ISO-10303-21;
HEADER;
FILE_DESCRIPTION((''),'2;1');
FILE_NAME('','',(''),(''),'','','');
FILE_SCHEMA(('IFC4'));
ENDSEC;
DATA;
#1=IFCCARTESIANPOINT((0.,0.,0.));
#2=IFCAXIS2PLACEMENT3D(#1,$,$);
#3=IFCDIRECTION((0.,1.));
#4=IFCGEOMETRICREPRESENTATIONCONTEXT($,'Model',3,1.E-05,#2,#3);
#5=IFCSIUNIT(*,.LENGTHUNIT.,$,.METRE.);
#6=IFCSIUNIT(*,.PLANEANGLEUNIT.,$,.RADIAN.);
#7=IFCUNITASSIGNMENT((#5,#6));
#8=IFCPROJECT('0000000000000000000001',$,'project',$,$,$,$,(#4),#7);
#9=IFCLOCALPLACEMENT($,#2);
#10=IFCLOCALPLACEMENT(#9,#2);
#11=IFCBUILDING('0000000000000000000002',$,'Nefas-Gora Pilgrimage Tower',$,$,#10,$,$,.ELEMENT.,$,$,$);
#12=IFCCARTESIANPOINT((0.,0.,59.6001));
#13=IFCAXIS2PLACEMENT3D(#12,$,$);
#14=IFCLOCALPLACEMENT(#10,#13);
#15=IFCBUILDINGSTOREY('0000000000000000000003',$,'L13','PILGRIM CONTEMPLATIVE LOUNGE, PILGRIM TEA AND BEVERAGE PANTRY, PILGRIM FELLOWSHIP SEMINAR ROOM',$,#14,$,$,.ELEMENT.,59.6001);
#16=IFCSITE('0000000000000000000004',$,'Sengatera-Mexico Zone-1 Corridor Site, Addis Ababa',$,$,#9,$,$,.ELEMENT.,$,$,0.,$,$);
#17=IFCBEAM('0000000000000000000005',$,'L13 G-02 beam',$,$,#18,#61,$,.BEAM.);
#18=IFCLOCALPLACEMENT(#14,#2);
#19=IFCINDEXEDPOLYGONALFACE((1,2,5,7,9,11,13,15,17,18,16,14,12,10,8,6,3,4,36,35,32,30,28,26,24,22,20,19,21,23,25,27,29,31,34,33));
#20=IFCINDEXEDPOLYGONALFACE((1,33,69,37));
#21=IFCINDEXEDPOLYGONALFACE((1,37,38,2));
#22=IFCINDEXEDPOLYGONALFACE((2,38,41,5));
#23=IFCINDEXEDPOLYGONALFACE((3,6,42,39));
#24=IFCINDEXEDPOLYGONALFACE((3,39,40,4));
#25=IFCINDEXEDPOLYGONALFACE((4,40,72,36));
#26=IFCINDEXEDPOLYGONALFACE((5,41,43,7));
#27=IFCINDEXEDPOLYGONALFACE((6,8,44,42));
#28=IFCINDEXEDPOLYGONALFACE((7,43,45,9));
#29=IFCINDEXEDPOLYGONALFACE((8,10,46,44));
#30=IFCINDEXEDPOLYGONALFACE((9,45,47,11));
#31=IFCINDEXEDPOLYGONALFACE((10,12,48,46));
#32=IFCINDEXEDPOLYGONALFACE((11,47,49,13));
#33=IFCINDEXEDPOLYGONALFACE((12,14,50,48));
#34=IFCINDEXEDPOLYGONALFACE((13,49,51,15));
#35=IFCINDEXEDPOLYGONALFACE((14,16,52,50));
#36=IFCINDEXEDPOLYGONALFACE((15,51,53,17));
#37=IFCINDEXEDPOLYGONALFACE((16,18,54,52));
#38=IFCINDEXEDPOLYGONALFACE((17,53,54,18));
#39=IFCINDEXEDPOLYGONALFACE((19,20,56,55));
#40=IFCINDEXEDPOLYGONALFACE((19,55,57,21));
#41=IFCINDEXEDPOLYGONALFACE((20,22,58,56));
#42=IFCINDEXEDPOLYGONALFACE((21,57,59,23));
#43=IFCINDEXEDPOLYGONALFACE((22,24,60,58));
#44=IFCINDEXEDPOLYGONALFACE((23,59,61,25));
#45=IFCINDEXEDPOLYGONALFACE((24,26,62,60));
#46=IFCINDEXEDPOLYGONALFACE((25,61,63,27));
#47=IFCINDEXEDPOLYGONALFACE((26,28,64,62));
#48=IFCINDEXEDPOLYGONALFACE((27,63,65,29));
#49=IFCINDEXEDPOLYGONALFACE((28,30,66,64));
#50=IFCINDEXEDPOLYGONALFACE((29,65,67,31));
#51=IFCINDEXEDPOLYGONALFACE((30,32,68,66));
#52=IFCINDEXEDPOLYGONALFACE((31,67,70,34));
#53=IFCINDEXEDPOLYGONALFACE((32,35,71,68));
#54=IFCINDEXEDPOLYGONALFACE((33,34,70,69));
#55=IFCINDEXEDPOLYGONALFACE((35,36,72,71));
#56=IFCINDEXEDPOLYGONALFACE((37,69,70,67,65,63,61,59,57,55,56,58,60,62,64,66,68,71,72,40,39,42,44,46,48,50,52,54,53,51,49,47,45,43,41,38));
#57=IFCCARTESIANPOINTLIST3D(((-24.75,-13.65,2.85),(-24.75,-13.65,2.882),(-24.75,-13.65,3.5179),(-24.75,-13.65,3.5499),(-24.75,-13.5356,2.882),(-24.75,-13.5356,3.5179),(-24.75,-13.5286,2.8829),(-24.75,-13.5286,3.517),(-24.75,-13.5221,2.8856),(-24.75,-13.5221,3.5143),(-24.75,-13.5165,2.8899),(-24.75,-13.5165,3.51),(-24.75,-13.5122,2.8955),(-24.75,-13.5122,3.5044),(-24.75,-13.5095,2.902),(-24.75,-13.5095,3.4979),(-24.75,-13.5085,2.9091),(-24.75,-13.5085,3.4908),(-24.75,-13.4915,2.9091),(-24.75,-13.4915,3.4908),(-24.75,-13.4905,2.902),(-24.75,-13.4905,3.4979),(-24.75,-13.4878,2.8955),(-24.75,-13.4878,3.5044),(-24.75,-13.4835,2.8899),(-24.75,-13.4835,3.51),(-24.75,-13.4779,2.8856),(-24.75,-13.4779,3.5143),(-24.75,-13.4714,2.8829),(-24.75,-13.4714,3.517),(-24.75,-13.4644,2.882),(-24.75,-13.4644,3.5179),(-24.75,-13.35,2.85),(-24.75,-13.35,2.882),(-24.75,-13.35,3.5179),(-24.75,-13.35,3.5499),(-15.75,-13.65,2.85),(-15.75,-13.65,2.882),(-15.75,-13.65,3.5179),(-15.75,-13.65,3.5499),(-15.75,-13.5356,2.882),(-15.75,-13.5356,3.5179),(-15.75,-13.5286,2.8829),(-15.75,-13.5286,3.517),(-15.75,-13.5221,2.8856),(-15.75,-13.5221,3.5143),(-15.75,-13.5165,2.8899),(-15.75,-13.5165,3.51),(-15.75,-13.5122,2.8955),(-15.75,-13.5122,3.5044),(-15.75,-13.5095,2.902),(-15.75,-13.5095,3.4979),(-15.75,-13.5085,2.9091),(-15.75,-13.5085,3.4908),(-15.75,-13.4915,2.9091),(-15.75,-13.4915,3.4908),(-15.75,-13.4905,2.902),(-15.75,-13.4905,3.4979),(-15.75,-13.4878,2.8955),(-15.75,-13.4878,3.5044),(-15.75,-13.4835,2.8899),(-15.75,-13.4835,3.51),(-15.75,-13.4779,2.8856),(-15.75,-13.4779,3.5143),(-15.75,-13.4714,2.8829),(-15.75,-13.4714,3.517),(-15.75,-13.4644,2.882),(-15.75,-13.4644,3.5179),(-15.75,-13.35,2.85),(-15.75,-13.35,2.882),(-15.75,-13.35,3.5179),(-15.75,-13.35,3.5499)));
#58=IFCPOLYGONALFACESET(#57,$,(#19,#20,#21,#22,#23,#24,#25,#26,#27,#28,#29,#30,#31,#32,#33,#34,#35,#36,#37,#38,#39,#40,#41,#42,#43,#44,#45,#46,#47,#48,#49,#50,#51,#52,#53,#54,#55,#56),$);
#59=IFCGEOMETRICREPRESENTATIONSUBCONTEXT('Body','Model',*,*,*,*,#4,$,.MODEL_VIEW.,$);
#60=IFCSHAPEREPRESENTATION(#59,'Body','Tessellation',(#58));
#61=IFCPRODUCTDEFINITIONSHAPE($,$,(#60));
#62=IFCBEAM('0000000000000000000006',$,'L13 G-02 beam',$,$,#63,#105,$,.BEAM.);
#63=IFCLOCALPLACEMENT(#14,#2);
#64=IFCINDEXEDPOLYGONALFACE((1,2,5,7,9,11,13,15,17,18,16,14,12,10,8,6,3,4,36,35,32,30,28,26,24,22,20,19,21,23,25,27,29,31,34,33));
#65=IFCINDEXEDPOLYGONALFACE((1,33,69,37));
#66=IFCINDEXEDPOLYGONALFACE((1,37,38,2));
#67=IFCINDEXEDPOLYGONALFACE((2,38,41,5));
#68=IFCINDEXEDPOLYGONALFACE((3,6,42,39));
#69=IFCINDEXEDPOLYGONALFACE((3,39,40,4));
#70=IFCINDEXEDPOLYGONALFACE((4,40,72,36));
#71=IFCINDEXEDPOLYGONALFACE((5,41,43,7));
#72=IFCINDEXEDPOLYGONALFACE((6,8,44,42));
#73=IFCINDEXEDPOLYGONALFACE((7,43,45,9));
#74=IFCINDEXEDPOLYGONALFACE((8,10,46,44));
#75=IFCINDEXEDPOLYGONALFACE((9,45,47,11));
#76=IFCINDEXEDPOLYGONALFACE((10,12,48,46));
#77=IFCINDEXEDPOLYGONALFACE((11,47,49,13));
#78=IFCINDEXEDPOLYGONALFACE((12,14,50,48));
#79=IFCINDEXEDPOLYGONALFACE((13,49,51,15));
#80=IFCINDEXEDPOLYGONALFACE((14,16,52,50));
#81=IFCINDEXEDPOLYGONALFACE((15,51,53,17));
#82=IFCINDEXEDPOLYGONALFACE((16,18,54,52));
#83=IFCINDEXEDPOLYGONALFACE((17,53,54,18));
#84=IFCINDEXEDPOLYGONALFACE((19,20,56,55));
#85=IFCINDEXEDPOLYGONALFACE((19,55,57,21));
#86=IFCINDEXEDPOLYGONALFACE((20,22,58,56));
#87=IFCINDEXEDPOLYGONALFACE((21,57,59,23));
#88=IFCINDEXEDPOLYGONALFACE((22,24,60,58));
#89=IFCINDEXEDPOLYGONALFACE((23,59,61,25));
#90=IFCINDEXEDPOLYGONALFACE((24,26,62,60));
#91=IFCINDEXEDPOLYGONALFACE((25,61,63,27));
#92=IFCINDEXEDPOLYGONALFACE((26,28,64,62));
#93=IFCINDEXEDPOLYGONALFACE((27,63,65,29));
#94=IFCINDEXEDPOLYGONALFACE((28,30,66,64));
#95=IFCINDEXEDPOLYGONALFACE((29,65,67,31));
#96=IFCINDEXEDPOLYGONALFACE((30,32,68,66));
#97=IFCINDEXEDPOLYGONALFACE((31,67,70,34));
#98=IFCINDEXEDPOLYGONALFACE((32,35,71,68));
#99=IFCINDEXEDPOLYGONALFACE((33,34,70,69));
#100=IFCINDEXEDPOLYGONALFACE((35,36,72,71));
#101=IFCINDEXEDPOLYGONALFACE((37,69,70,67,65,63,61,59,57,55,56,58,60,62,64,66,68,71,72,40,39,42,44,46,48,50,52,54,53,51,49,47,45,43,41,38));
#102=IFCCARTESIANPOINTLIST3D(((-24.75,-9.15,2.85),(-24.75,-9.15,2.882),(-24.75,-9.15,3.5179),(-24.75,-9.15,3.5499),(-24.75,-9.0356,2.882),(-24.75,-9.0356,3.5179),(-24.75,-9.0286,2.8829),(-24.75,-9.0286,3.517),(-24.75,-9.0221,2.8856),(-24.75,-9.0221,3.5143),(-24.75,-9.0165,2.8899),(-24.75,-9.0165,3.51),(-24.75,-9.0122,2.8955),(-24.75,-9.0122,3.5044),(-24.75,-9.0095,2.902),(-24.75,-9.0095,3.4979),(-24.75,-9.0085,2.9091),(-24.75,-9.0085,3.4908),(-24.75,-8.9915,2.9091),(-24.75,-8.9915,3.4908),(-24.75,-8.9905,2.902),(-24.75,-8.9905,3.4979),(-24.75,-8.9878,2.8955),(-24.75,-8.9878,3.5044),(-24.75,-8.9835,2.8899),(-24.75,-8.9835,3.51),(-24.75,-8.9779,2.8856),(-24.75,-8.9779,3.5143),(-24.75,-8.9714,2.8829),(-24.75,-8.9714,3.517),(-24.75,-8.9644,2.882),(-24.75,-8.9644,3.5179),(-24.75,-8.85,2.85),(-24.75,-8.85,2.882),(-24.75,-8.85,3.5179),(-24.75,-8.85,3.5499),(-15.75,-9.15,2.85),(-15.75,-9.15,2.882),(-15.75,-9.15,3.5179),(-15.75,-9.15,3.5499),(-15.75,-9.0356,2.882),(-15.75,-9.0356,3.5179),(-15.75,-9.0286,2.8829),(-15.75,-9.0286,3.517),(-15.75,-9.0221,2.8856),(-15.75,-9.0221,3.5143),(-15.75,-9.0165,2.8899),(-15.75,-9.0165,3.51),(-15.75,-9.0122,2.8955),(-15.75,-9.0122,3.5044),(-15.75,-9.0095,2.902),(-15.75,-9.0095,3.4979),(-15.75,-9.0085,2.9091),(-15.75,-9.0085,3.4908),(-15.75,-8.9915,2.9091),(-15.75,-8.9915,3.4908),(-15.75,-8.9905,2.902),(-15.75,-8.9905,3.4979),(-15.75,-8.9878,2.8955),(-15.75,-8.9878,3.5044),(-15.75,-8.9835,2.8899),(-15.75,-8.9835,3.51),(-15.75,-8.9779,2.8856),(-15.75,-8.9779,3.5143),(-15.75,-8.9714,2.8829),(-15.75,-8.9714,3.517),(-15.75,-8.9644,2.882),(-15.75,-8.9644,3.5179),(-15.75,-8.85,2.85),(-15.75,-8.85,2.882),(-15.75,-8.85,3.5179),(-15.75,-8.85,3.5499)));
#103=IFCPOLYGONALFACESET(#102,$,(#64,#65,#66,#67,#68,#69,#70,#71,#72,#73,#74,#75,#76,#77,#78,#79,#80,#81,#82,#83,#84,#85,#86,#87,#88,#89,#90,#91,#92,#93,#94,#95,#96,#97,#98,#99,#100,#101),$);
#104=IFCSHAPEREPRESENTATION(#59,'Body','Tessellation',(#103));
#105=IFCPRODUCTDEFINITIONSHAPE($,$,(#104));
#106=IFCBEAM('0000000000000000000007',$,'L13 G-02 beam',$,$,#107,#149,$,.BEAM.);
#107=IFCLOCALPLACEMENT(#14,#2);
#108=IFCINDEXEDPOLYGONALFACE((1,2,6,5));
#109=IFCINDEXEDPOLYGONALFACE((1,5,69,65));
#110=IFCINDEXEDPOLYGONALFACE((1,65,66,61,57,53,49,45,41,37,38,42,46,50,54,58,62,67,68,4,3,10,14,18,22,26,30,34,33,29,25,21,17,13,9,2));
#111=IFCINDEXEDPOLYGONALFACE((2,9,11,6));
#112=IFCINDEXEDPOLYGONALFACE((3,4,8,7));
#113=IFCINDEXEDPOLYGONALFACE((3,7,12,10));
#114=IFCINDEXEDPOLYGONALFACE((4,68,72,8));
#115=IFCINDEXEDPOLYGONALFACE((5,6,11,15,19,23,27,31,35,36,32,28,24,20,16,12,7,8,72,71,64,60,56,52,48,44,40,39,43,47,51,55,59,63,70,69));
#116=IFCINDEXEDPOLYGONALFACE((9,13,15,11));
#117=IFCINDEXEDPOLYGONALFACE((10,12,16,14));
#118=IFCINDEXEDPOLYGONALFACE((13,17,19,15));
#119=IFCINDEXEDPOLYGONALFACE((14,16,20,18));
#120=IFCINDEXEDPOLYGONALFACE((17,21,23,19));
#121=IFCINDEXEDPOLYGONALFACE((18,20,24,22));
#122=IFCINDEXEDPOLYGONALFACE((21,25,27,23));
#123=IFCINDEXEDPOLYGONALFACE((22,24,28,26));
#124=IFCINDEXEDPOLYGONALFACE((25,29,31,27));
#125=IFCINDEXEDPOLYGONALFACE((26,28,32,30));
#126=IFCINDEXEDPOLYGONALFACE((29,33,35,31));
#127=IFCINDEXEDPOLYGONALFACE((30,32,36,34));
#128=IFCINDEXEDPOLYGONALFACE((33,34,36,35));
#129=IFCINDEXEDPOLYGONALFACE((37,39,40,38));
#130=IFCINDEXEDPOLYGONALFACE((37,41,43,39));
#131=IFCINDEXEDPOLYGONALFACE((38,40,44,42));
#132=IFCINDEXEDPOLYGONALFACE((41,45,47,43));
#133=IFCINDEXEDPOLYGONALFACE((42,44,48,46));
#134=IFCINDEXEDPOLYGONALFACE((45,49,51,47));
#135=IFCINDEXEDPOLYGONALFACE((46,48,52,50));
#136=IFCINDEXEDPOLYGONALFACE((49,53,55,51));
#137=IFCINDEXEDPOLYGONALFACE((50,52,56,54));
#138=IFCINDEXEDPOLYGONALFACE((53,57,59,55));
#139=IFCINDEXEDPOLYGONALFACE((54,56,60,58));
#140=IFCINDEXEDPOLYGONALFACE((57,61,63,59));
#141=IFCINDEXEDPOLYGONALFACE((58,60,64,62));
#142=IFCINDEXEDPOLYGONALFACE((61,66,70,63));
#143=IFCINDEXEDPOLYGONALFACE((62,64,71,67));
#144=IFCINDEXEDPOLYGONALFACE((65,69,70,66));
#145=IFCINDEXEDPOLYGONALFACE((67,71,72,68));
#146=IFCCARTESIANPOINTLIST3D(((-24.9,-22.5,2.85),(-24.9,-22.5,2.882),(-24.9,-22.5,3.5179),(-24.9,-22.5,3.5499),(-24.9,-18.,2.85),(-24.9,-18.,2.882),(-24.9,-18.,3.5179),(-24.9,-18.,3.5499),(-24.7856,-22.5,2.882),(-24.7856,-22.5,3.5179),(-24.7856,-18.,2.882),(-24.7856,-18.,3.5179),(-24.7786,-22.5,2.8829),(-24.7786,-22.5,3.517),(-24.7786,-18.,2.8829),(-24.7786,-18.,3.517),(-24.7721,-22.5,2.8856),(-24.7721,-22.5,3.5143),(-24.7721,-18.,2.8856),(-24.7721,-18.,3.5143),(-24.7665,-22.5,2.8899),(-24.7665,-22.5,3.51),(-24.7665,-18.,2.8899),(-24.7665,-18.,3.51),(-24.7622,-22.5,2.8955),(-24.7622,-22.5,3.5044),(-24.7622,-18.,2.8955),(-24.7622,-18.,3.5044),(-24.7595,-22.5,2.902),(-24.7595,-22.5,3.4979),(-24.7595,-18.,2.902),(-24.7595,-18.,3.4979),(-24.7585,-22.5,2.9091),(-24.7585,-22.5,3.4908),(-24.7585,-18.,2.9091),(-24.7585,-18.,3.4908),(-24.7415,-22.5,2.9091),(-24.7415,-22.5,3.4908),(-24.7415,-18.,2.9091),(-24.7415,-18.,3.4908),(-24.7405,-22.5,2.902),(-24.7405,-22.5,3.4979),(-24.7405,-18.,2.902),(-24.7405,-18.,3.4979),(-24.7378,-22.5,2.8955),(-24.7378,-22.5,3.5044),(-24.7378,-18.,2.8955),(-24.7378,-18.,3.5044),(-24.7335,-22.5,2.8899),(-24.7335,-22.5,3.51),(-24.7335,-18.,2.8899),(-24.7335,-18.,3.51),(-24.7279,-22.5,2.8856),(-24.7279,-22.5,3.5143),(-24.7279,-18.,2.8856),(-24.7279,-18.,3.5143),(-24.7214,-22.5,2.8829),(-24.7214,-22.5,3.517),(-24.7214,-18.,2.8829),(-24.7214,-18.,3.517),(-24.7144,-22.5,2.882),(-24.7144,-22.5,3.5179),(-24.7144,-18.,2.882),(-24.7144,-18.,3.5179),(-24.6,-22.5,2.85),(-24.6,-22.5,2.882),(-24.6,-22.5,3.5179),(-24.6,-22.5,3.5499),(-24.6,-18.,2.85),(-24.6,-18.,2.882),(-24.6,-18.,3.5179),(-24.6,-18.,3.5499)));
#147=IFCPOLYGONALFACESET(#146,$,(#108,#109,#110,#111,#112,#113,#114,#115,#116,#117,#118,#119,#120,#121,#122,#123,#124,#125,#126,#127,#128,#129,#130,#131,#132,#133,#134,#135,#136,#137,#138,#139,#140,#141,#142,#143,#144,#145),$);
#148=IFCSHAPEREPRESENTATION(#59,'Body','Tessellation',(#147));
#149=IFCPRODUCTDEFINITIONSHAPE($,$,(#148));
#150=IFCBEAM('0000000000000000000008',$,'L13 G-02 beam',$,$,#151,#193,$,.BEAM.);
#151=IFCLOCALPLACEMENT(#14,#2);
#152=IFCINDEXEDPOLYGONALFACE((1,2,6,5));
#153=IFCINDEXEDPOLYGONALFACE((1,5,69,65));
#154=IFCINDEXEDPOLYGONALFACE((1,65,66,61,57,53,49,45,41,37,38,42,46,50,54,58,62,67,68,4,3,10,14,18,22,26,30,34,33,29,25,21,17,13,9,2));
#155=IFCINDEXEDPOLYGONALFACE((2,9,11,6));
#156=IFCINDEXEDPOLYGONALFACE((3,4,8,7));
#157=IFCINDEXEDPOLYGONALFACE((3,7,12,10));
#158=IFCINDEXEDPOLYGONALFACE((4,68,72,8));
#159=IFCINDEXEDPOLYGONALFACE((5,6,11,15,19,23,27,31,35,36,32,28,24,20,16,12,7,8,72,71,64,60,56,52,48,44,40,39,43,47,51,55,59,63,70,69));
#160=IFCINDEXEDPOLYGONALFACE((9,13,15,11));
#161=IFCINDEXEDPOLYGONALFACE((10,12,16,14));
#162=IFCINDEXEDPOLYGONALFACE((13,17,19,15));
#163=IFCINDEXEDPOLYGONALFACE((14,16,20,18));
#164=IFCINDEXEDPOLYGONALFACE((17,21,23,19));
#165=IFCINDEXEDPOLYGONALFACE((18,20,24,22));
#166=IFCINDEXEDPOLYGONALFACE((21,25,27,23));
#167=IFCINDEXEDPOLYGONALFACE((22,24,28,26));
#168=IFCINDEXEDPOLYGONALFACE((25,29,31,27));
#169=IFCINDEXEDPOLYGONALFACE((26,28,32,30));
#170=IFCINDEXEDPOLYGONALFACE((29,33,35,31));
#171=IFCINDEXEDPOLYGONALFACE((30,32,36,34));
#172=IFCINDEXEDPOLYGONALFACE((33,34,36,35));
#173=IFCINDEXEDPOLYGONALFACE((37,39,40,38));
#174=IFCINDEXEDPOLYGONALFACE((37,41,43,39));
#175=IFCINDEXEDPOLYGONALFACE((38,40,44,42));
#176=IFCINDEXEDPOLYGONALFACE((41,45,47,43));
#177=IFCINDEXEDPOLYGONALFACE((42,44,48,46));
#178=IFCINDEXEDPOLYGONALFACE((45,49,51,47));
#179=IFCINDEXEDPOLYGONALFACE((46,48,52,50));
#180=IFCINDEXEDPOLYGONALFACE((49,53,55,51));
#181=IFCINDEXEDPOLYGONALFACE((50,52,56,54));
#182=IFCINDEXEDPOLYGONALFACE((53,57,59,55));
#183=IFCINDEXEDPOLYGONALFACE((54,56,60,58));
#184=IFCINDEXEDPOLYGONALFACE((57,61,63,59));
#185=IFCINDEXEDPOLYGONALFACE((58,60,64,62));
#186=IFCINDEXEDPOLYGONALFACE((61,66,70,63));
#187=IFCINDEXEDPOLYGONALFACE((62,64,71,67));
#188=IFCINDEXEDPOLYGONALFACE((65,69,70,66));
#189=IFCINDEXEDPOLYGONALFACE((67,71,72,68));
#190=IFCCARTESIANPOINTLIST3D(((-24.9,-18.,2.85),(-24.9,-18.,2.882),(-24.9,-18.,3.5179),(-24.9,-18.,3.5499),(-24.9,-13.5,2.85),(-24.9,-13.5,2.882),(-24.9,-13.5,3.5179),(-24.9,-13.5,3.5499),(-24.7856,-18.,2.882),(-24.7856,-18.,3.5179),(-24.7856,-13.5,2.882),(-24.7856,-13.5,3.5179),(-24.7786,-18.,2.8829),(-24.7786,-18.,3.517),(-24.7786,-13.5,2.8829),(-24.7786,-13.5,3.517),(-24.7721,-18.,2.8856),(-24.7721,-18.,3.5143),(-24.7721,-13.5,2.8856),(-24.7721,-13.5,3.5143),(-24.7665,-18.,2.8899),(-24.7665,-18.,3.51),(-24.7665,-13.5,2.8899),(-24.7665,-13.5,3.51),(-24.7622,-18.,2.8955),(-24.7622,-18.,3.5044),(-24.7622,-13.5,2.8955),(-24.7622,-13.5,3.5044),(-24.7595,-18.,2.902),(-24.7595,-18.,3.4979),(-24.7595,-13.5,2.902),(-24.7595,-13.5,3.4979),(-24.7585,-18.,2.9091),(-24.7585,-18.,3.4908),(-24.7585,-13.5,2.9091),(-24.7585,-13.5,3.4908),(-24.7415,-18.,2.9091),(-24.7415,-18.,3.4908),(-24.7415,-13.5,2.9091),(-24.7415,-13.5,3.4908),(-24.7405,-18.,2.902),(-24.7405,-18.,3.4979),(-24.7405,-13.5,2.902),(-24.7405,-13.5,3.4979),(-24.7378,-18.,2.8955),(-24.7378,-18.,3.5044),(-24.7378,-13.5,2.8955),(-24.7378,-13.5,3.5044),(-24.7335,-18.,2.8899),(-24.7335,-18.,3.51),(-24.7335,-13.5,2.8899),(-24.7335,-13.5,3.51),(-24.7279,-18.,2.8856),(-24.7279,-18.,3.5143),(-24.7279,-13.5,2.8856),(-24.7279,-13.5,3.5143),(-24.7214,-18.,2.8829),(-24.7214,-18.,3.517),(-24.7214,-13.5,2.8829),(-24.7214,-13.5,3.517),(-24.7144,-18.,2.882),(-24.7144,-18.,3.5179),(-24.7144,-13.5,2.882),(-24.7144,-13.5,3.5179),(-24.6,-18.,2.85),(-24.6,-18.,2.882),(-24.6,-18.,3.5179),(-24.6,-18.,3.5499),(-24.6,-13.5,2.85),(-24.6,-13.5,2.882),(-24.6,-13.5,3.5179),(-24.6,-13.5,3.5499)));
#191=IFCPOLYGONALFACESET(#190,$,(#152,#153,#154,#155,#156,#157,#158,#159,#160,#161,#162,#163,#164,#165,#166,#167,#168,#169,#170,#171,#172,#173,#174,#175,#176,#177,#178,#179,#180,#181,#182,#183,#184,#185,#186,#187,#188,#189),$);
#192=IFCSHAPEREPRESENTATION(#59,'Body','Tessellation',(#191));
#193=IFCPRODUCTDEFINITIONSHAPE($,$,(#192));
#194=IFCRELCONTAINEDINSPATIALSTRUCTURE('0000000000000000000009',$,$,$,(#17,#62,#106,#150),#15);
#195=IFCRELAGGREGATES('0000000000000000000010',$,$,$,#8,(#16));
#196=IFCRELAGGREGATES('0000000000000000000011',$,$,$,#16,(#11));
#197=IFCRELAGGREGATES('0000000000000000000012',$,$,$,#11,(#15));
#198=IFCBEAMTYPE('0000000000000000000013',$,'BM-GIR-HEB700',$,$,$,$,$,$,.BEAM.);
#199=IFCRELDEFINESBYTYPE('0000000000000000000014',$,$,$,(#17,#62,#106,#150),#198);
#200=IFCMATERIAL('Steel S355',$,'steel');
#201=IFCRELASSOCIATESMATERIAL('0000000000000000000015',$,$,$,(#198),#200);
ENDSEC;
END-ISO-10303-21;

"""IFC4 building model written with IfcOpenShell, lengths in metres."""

from ifc_helpers import new_model, si_unit, direction, frame, origin, origin_2d, place, context, subcontext, project, spatial, i_section, extrude, source, transform, mapped, material, material_profile, profile_set, type_object, element, save


model = new_model("IFC4")

# Units and contexts
model_context = context("Model", 3, precision=1e-05, world=origin(), true_north=direction((0.0, 1.0)))
body_context = subcontext(model_context, "Body", "Model", "MODEL_VIEW")
ifc_project = project(units=[si_unit("LENGTHUNIT", "METRE"), si_unit("PLANEANGLEUNIT", "RADIAN")], contexts=[model_context])

# Site, building, storey
site_placement = place(None, origin())
site = spatial("IfcSite", under=ifc_project, at=site_placement, Name="Sengatera-Mexico Zone-1 Corridor Site, Addis Ababa", CompositionType="ELEMENT", RefElevation=0.0)
building_placement = place(site_placement, origin())
building = spatial("IfcBuilding", under=site, at=building_placement, Name="Nefas-Gora Pilgrimage Tower", CompositionType="ELEMENT")
storey_placement = place(building_placement, frame((0.0, 0.0, 59.6001)))
storey = spatial("IfcBuildingStorey", under=building, at=storey_placement, Name="L13", Description="PILGRIM CONTEMPLATIVE LOUNGE, PILGRIM TEA AND BEVERAGE PANTRY, PILGRIM FELLOWSHIP SEMINAR ROOM", CompositionType="ELEMENT", Elevation=59.6001)

# Beams
ifc_material_1 = material(Name="Steel S355", Category="steel")
ifc_material_profile_1 = material_profile(ifc_material_1, i_section(OverallWidth=0.3, OverallDepth=0.7, WebThickness=0.0171, FlangeThickness=0.032, FilletRadius=0.0271, at=origin_2d()), Name="HEB 700")
ifc_profile_set_1 = profile_set([ifc_material_profile_1], Name="Steel S355")
beam_type_1 = type_object("IfcBeamType", Name="BM-GIR-HEB700", PredefinedType="BEAM", material=ifc_profile_set_1)
shared_shape_1 = source(origin(), body_context, "Body", "SweptSolid", [
    extrude(i_section(OverallWidth=0.3, OverallDepth=0.7, WebThickness=0.0171, FlangeThickness=0.032, FilletRadius=0.0271, at=origin_2d()), origin(), (0.0, 0.0, 1.0), 9.0),
])
for number, where, z_axis, x_axis, name in (
    (1, (-24.75, -13.5, 3.2), (1.0, 0.0, 0.0), (0.0, 1.0, 0.0), "L13 G-02 beam"),
    (2, (-24.75, -9.0, 3.2), (1.0, 0.0, 0.0), (0.0, 1.0, 0.0), "L13 G-02 beam"),
):
    element("IfcBeam", number, at=place(storey_placement, frame(where, z_axis=z_axis, x_axis=x_axis)), inside=storey, type_object=beam_type_1, Name=name, PredefinedType="BEAM", context=body_context, shape_type="MappedRepresentation", body=[
        mapped(shared_shape_1, transform((0.0, 0.0, 0.0), x_axis=(1.0, 0.0, 0.0), y_axis=(0.0, 1.0, 0.0), z_axis=(0.0, 0.0, 1.0), scale=1.0)),
    ])
shared_shape_2 = source(origin(), body_context, "Body", "SweptSolid", [
    extrude(i_section(OverallWidth=0.3, OverallDepth=0.7, WebThickness=0.0171, FlangeThickness=0.032, FilletRadius=0.0271, at=origin_2d()), origin(), (0.0, 0.0, 1.0), 4.5),
])
for number, where, z_axis, x_axis, name in (
    (3, (-24.75, -22.5, 3.2), (0.0, 1.0, 0.0), (-1.0, 0.0, 0.0), "L13 G-02 beam"),
    (4, (-24.75, -18.0, 3.2), (0.0, 1.0, 0.0), (-1.0, 0.0, 0.0), "L13 G-02 beam"),
):
    element("IfcBeam", number, at=place(storey_placement, frame(where, z_axis=z_axis, x_axis=x_axis)), inside=storey, type_object=beam_type_1, Name=name, PredefinedType="BEAM", context=body_context, shape_type="MappedRepresentation", body=[
        mapped(shared_shape_2, transform((0.0, 0.0, 0.0), x_axis=(1.0, 0.0, 0.0), y_axis=(0.0, 1.0, 0.0), z_axis=(0.0, 0.0, 1.0), scale=1.0)),
    ])

save(model, "model.ifc")
